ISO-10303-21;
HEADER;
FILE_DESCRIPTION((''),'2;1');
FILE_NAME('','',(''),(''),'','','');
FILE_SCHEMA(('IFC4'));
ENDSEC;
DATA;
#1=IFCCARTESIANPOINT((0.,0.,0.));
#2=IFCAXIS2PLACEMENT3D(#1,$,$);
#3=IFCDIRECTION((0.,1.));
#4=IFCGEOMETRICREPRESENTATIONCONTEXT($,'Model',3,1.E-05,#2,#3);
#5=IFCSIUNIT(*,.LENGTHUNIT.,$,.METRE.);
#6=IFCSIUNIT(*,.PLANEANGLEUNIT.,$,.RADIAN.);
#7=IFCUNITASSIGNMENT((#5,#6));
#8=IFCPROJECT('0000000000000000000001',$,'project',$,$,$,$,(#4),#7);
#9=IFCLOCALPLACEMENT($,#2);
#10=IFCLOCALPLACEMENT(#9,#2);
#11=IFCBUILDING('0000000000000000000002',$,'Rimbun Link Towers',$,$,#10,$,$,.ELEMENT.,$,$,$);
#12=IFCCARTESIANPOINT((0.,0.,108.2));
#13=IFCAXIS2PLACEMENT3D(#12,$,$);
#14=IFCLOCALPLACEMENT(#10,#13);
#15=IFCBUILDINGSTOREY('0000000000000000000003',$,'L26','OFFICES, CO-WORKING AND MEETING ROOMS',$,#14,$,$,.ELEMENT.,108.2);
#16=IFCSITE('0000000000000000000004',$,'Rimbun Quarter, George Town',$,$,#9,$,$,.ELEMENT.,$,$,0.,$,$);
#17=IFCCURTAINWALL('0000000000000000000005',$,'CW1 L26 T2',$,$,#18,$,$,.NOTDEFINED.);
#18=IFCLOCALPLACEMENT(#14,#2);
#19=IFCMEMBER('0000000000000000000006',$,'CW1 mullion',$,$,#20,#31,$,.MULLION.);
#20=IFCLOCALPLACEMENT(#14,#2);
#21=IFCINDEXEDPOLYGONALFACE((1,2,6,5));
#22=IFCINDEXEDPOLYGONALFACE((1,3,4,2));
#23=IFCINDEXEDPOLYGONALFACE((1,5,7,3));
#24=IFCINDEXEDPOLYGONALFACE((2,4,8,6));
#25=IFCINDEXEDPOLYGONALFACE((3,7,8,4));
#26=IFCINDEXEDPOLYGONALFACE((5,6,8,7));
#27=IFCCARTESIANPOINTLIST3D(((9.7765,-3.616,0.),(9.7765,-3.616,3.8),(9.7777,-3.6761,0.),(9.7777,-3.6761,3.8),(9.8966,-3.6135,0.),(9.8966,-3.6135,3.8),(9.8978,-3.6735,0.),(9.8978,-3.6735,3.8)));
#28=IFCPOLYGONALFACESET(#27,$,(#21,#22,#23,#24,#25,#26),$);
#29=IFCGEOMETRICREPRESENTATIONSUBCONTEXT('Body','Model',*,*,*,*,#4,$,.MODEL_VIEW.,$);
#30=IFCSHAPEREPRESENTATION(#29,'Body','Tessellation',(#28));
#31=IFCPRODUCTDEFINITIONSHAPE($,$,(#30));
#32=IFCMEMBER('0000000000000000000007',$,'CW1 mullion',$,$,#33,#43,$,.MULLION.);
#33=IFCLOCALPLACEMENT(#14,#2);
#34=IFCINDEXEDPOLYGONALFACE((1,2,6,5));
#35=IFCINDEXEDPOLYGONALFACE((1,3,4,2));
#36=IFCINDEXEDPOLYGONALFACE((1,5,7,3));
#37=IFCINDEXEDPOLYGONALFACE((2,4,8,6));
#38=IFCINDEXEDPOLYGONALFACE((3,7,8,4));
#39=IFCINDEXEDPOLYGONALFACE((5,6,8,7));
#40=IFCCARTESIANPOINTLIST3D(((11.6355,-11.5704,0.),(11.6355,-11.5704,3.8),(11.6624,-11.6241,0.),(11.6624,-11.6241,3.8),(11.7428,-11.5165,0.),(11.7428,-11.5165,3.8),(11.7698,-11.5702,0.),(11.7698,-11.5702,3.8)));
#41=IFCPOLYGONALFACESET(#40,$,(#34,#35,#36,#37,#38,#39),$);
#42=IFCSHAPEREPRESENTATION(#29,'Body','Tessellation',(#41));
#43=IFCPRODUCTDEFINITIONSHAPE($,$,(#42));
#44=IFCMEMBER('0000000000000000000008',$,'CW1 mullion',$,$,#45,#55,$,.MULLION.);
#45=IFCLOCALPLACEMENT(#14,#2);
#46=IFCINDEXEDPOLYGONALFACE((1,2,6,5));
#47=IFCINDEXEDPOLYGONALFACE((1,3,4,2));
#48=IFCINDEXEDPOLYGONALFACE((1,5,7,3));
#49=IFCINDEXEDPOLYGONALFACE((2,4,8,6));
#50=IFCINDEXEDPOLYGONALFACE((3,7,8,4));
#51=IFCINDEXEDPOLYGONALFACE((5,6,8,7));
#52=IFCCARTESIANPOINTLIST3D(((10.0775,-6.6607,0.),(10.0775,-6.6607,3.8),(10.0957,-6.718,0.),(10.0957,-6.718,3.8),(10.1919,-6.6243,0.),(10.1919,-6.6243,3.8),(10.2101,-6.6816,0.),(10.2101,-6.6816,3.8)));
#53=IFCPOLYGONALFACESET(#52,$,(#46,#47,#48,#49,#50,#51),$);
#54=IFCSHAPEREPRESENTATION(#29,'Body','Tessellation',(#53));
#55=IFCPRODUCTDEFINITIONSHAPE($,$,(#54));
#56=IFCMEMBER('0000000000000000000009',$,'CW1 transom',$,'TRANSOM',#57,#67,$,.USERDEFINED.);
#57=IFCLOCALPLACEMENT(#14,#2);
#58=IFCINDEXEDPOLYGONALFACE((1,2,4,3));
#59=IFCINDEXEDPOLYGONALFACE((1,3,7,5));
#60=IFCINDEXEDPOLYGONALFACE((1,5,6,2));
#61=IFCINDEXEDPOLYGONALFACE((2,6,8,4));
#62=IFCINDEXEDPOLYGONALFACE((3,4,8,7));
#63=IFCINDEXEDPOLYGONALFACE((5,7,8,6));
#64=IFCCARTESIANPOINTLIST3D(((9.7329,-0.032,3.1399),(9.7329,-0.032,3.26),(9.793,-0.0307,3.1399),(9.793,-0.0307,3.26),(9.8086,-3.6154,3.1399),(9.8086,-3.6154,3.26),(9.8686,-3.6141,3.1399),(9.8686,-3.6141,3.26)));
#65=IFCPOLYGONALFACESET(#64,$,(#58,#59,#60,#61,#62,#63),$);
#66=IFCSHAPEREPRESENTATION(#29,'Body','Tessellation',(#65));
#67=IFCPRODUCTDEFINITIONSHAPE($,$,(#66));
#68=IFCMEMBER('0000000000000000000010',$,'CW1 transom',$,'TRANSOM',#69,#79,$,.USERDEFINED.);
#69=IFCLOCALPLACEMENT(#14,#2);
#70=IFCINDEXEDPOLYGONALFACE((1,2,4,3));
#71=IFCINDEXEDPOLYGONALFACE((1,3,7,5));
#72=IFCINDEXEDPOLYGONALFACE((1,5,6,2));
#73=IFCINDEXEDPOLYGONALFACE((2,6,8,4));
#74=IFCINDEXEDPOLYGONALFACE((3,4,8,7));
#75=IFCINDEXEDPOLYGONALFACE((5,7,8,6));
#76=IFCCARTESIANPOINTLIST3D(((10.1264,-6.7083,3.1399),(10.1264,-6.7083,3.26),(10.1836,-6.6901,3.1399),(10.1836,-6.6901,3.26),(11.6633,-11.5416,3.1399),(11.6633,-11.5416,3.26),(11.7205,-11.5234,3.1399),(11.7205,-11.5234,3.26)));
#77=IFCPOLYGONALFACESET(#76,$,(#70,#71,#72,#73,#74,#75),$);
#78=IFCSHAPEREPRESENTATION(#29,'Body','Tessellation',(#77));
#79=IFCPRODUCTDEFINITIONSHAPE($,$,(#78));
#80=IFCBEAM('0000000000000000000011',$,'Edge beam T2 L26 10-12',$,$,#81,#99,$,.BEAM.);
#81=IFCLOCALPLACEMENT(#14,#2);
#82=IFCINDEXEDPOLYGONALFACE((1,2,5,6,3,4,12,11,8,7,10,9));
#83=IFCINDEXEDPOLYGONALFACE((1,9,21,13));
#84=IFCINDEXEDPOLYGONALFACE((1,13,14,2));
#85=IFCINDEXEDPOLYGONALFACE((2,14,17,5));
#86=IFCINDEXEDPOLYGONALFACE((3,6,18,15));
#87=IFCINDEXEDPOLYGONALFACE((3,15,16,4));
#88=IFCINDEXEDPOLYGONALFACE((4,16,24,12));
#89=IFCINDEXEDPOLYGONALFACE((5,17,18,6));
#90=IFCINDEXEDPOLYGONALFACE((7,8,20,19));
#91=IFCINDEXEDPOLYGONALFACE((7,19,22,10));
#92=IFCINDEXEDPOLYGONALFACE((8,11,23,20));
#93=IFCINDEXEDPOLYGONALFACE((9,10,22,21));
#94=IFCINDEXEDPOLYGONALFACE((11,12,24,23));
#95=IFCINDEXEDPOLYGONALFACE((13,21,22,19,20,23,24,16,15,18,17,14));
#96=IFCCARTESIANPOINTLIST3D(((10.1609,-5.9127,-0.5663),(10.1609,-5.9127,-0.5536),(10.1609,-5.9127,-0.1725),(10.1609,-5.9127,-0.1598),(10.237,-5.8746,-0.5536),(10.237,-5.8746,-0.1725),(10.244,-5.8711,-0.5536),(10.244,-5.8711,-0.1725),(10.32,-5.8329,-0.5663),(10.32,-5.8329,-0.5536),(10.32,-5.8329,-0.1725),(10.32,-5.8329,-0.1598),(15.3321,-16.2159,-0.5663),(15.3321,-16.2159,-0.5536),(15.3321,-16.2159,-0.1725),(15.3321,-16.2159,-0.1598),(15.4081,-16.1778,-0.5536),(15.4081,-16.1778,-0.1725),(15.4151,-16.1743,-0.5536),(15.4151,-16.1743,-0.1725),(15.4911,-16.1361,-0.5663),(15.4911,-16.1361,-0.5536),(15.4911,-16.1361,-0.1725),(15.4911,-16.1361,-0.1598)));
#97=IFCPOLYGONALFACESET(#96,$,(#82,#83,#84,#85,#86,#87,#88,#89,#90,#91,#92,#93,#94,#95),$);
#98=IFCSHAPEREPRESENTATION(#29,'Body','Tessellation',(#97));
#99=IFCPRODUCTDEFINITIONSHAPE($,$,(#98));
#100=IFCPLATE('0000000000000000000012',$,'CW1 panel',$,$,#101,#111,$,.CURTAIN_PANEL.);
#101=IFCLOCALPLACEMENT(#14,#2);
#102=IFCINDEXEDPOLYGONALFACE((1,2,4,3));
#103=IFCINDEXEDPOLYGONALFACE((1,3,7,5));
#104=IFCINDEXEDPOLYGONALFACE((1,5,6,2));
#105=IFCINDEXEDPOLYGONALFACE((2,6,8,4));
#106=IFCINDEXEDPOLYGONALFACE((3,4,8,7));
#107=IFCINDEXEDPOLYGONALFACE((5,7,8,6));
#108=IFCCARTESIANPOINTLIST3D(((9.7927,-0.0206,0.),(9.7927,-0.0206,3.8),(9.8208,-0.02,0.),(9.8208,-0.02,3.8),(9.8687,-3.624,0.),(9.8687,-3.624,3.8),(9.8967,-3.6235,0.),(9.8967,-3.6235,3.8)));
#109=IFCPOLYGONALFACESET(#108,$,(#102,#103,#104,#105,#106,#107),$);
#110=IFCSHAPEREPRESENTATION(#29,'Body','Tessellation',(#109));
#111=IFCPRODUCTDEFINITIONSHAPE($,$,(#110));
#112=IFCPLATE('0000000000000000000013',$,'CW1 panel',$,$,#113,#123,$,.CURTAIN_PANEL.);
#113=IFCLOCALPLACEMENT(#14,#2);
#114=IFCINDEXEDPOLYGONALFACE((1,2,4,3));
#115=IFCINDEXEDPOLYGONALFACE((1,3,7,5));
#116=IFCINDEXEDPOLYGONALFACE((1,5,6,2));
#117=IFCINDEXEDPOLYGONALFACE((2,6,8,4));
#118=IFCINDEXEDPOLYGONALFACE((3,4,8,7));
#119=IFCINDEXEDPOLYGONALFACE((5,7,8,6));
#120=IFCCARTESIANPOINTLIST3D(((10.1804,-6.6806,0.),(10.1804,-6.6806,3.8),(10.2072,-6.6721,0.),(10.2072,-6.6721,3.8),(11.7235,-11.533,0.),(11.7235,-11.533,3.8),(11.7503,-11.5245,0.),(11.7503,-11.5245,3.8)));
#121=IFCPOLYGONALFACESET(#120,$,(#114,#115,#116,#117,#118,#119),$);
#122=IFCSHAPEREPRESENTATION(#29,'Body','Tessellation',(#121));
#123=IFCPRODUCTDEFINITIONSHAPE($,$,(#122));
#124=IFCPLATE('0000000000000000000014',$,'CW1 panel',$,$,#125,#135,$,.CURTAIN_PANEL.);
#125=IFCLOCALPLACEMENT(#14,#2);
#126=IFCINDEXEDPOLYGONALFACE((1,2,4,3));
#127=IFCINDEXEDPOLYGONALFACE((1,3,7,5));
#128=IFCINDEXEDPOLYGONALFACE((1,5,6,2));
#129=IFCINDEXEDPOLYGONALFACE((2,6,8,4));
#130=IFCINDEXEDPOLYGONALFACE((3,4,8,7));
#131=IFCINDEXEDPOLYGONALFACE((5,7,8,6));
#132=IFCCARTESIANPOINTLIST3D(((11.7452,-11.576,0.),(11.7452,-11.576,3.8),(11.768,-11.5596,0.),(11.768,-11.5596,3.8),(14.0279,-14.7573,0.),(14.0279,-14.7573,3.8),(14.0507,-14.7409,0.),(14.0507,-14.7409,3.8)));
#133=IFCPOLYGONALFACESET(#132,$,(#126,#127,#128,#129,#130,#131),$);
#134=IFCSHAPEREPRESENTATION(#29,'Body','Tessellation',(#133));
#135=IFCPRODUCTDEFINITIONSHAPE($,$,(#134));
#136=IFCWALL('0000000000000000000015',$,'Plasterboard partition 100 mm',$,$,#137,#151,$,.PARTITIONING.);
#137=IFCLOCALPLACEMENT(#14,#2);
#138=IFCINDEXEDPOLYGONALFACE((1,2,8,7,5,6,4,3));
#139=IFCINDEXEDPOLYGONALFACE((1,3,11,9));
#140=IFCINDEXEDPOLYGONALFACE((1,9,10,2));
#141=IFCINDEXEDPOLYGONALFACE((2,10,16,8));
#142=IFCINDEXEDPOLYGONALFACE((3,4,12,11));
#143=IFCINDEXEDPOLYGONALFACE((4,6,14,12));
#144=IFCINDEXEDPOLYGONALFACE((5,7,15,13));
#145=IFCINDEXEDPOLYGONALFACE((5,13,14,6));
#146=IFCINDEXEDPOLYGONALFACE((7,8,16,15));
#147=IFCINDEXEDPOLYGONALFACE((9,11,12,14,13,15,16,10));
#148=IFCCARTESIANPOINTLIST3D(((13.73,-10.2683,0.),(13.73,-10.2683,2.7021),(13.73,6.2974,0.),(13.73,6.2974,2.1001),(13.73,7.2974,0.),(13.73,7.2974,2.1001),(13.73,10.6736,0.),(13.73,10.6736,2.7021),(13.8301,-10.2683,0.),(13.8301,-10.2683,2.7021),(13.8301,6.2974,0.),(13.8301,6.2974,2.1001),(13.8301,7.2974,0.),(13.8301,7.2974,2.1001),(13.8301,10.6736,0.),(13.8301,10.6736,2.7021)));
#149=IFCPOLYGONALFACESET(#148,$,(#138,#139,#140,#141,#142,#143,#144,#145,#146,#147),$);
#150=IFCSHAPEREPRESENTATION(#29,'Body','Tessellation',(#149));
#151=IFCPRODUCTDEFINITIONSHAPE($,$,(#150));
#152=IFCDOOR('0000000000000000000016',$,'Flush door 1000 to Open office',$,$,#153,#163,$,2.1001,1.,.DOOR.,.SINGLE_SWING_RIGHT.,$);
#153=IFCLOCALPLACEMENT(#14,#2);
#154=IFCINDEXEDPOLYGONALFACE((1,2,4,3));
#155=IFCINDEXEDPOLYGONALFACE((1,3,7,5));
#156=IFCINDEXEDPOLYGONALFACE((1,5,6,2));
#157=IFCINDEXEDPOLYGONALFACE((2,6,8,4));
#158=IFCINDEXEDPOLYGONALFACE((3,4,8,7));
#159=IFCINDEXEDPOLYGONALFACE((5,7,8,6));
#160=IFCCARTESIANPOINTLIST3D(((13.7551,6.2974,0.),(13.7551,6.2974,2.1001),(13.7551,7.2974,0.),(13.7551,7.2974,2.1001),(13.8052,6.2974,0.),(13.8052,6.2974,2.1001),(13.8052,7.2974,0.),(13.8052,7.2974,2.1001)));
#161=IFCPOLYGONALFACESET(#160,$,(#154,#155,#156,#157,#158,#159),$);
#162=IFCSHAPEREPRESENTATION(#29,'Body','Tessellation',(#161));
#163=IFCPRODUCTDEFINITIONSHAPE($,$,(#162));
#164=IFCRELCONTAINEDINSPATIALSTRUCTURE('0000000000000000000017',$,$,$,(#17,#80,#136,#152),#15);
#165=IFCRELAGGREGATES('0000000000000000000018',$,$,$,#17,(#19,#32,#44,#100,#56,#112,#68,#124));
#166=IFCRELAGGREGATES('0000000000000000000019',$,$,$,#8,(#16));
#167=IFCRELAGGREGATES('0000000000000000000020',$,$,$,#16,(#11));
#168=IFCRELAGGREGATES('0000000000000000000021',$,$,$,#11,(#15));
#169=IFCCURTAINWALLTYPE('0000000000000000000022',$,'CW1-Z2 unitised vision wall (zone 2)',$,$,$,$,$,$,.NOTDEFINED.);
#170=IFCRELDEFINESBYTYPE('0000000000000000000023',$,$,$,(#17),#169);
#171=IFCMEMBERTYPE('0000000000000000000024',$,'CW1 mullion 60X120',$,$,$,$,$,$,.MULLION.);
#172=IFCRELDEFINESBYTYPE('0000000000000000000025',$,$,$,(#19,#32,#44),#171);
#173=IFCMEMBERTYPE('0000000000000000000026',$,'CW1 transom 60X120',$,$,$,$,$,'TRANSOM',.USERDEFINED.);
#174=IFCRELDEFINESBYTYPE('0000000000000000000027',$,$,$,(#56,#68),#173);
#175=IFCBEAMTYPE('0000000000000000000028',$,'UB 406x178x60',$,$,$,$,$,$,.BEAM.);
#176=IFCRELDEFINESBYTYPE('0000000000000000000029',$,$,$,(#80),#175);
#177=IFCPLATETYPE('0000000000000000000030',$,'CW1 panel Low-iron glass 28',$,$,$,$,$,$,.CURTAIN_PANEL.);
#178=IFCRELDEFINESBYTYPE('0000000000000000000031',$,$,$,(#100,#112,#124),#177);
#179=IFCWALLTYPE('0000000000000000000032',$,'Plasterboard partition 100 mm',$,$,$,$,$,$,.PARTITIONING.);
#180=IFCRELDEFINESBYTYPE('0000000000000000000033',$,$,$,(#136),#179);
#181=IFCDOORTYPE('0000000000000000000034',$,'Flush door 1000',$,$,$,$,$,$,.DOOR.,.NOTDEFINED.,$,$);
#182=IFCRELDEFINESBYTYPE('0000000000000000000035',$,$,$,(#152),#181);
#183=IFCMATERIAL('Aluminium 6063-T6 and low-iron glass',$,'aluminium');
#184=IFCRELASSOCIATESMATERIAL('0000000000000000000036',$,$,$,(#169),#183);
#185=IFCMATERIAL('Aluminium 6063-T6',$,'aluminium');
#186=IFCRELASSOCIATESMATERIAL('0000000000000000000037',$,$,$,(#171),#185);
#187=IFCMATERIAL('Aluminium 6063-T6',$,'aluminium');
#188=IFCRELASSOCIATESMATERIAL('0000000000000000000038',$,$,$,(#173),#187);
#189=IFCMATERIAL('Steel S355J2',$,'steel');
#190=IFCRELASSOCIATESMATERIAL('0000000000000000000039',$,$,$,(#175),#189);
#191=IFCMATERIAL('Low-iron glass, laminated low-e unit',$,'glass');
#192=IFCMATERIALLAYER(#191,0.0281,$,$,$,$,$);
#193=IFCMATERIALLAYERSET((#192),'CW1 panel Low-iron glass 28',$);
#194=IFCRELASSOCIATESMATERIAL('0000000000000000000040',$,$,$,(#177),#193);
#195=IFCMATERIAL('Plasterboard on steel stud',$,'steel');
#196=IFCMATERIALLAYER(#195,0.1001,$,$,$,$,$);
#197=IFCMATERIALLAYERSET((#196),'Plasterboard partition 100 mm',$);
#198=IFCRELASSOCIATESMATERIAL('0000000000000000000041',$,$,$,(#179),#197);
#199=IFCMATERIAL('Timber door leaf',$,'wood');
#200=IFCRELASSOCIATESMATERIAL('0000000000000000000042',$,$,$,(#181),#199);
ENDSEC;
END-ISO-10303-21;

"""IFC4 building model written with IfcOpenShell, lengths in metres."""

from ifc_helpers import new_model, si_unit, direction, frame, frame_2d, origin, origin_2d, place, context, subcontext, project, spatial, rectangle, i_section, extrude, material, layer, layer_set, material_profile, profile_set, type_object, element, fill, aggregate, save


model = new_model("IFC4")

# Units and contexts
model_context = context("Model", 3, precision=1e-05, world=origin(), true_north=direction((0.0, 1.0)))
body_context = subcontext(model_context, "Body", "Model", "MODEL_VIEW")
ifc_project = project(units=[si_unit("LENGTHUNIT", "METRE"), si_unit("PLANEANGLEUNIT", "RADIAN")], contexts=[model_context])

# Site, building, storey
site_placement = place(None, origin())
site = spatial("IfcSite", under=ifc_project, at=site_placement, Name="Rimbun Quarter, George Town", CompositionType="ELEMENT", RefElevation=0.0)
building_placement = place(site_placement, origin())
building = spatial("IfcBuilding", under=site, at=building_placement, Name="Rimbun Link Towers", CompositionType="ELEMENT")
storey_placement = place(building_placement, frame((0.0, 0.0, 108.2)))
storey = spatial("IfcBuildingStorey", under=building, at=storey_placement, Name="L26", Description="OFFICES, CO-WORKING AND MEETING ROOMS", CompositionType="ELEMENT", Elevation=108.2)

# Curtain wall, members
ifc_material_1 = material(Name="Aluminium 6063-T6 and low-iron glass", Category="aluminium")
curtain_wall_type = type_object("IfcCurtainWallType", Name="CW1-Z2 unitised vision wall (zone 2)", PredefinedType="NOTDEFINED", material=ifc_material_1)
curtain_wall_placement = place(storey_placement, origin())
curtain_wall = element("IfcCurtainWall", 1, at=curtain_wall_placement, inside=storey, type_object=curtain_wall_type, Name="CW1 L26 T2", PredefinedType="NOTDEFINED")
ifc_material_2 = material(Name="Aluminium 6063-T6", Category="aluminium")
ifc_material_profile_1 = material_profile(ifc_material_2, rectangle(XDim=0.1201, YDim=0.0601, at=origin_2d()), Name="MULLION 60X120")
ifc_profile_set_1 = profile_set([ifc_material_profile_1], Name="Aluminium 6063-T6")
member_type_1 = type_object("IfcMemberType", Name="CW1 mullion 60X120", PredefinedType="MULLION", material=ifc_profile_set_1)
member_1_placement = place(storey_placement, frame((9.8372, -3.6448, 0.0), z_axis=(0.0, 0.0, 1.0), x_axis=(-0.999778, -0.021063, 0.0)))
member_1 = element("IfcMember", 2, at=member_1_placement, type_object=member_type_1, Name="CW1 mullion", PredefinedType="MULLION", context=body_context, shape_type="SweptSolid", body=[
    extrude(rectangle(XDim=0.1201, YDim=0.0601, at=origin_2d()), origin(), (0.0, 0.0, 1.0), 3.8),
])
member_2_placement = place(storey_placement, frame((11.7026, -11.5703, 0.0), z_axis=(0.0, 0.0, 1.0), x_axis=(-0.893749, -0.448567, 0.0)))
member_2 = element("IfcMember", 3, at=member_2_placement, type_object=member_type_1, Name="CW1 mullion", PredefinedType="MULLION", context=body_context, shape_type="SweptSolid", body=[
    extrude(rectangle(XDim=0.1201, YDim=0.0601, at=origin_2d()), origin(), (0.0, 0.0, 1.0), 3.8),
])
member_3_placement = place(storey_placement, frame((10.1438, -6.6711, 0.0), z_axis=(0.0, 0.0, 1.0), x_axis=(-0.952972, -0.303057, 0.0)))
member_3 = element("IfcMember", 4, at=member_3_placement, type_object=member_type_1, Name="CW1 mullion", PredefinedType="MULLION", context=body_context, shape_type="SweptSolid", body=[
    extrude(rectangle(XDim=0.1201, YDim=0.0601, at=origin_2d()), origin(), (0.0, 0.0, 1.0), 3.8),
])
ifc_material_3 = material(Name="Aluminium 6063-T6", Category="aluminium")
ifc_material_profile_2 = material_profile(ifc_material_3, rectangle(XDim=0.0601, YDim=0.1201, at=origin_2d()), Name="TRANSOM 60X120")
ifc_profile_set_2 = profile_set([ifc_material_profile_2], Name="Aluminium 6063-T6")
member_type_2 = type_object("IfcMemberType", Name="CW1 transom 60X120", ElementType="TRANSOM", PredefinedType="USERDEFINED", material=ifc_profile_set_2)
member_4_placement = place(storey_placement, frame((9.8386, -3.6147, 3.2), z_axis=(-0.021115, 0.999777, 0.0), x_axis=(-0.999777, -0.021115, 0.0)))
member_4 = element("IfcMember", 5, at=member_4_placement, type_object=member_type_2, Name="CW1 transom", ObjectType="TRANSOM", PredefinedType="USERDEFINED", context=body_context, shape_type="SweptSolid", body=[
    extrude(rectangle(XDim=0.0601, YDim=0.1201, at=origin_2d()), origin(), (0.0, 0.0, 1.0), 3.5842),
])
member_5_placement = place(storey_placement, frame((11.6919, -11.5325, 3.2), z_axis=(-0.303027, 0.952982, 0.0), x_axis=(-0.952982, -0.303027, 0.0)))
member_5 = element("IfcMember", 6, at=member_5_placement, type_object=member_type_2, Name="CW1 transom", ObjectType="TRANSOM", PredefinedType="USERDEFINED", context=body_context, shape_type="SweptSolid", body=[
    extrude(rectangle(XDim=0.0601, YDim=0.1201, at=origin_2d()), origin(), (0.0, 0.0, 1.0), 5.0718),
])

# Beam
ifc_material_4 = material(Name="Steel S355J2", Category="steel")
ifc_material_profile_3 = material_profile(ifc_material_4, i_section(OverallWidth=0.178, OverallDepth=0.4065, WebThickness=0.0078, FlangeThickness=0.0127, at=origin_2d()), Name="UB 406x178x60")
ifc_profile_set_3 = profile_set([ifc_material_profile_3], Name="Steel S355J2")
beam_type = type_object("IfcBeamType", Name="UB 406x178x60", PredefinedType="BEAM", material=ifc_profile_set_3)
beam_placement = place(storey_placement, frame((10.2405, -5.8728, -0.363), z_axis=(0.448568, -0.893748, 0.0), x_axis=(0.893748, 0.448568, 0.0)))
element("IfcBeam", 7, at=beam_placement, inside=storey, type_object=beam_type, Name="Edge beam T2 L26 10-12", PredefinedType="BEAM", context=body_context, shape_type="SweptSolid", body=[
    extrude(i_section(OverallWidth=0.178, OverallDepth=0.4065, WebThickness=0.0078, FlangeThickness=0.0127, at=origin_2d()), origin(), (0.0, 0.0, 1.0), 11.5281),
])

# Plates
ifc_material_5 = material(Name="Low-iron glass, laminated low-e unit", Category="glass")
ifc_layer_1 = layer(ifc_material_5, 0.0281)
ifc_layer_set_1 = layer_set([ifc_layer_1], Name="CW1 panel Low-iron glass 28")
plate_type = type_object("IfcPlateType", Name="CW1 panel Low-iron glass 28", PredefinedType="CURTAIN_PANEL", material=ifc_layer_set_1)
plate_1_placement = place(storey_placement, frame((9.8447, -1.822, 0.0), z_axis=(0.0, 0.0, 1.0), x_axis=(-0.021063, 0.999778, 0.0)))
plate_1 = element("IfcPlate", 8, at=plate_1_placement, type_object=plate_type, Name="CW1 panel", PredefinedType="CURTAIN_PANEL", context=body_context, shape_type="SweptSolid", body=[
    extrude(rectangle(XDim=3.6042, YDim=0.0281, at=origin_2d()), origin(), (0.0, 0.0, 1.0), 3.8),
])
plate_2_placement = place(storey_placement, frame((10.9653, -9.1025, 0.0), z_axis=(0.0, 0.0, 1.0), x_axis=(-0.303057, 0.952972, 0.0)))
plate_2 = element("IfcPlate", 9, at=plate_2_placement, type_object=plate_type, Name="CW1 panel", PredefinedType="CURTAIN_PANEL", context=body_context, shape_type="SweptSolid", body=[
    extrude(rectangle(XDim=5.0918, YDim=0.0281, at=origin_2d()), origin(), (0.0, 0.0, 1.0), 3.8),
])
plate_3_placement = place(storey_placement, frame((12.8979, -13.1584, 0.0), z_axis=(0.0, 0.0, 1.0), x_axis=(-0.583007, 0.812467, 0.0)))
plate_3 = element("IfcPlate", 10, at=plate_3_placement, type_object=plate_type, Name="CW1 panel", PredefinedType="CURTAIN_PANEL", context=body_context, shape_type="SweptSolid", body=[
    extrude(rectangle(XDim=3.9155, YDim=0.0281, at=origin_2d()), origin(), (0.0, 0.0, 1.0), 3.8),
])
aggregate(curtain_wall, [member_1, member_2, member_3, plate_1, member_4, plate_2, member_5, plate_3])

# Wall, opening, door
ifc_material_6 = material(Name="Plasterboard on steel stud", Category="steel")
ifc_layer_2 = layer(ifc_material_6, 0.1001)
ifc_layer_set_2 = layer_set([ifc_layer_2], Name="Plasterboard partition 100 mm")
wall_type = type_object("IfcWallType", Name="Plasterboard partition 100 mm", PredefinedType="PARTITIONING", material=ifc_layer_set_2)
wall_1_placement = place(storey_placement, frame((13.78, -10.2683, 0.0), z_axis=(0.0, 0.0, 1.0), x_axis=(0.0, 1.0, 0.0)))
wall_1 = element("IfcWall", 11, at=wall_1_placement, inside=storey, type_object=wall_type, Name="Plasterboard partition 100 mm", PredefinedType="PARTITIONING", context=body_context, shape_type="SweptSolid", body=[
    extrude(rectangle(XDim=20.9419, YDim=0.1001, at=frame_2d((10.4709, 0.0))), origin(), (0.0, 0.0, 1.0), 2.7021),
])
opening_1_placement = place(wall_1_placement, frame((16.5657, 0.0, 0.0)))
opening_1 = element("IfcOpeningElement", 12, at=opening_1_placement, cuts=wall_1, PredefinedType="OPENING", context=body_context, shape_type="SweptSolid", body=[
    extrude(rectangle(XDim=1.0, YDim=2.1001, at=frame_2d((0.5, 1.05))), frame((0.0, 0.0601, 0.0), z_axis=(0.0, -1.0, 0.0), x_axis=(1.0, 0.0, 0.0)), (0.0, 0.0, 1.0), 0.1201),
])
ifc_material_7 = material(Name="Timber door leaf", Category="wood")
door_type_1 = type_object("IfcDoorType", Name="Flush door 1000", OperationType="NOTDEFINED", PredefinedType="DOOR", material=ifc_material_7)
door_1_placement = place(opening_1_placement, origin())
door_1 = element("IfcDoor", 13, at=door_1_placement, inside=storey, type_object=door_type_1, Name="Flush door 1000 to Open office", OperationType="SINGLE_SWING_RIGHT", OverallHeight=2.1001, OverallWidth=1.0, PredefinedType="DOOR", context=body_context, shape_type="SweptSolid", body=[
    extrude(rectangle(XDim=1.0, YDim=2.1001, at=frame_2d((0.5, 1.05))), frame((0.0, 0.0249, 0.0), z_axis=(0.0, -1.0, 0.0), x_axis=(1.0, 0.0, 0.0)), (0.0, 0.0, 1.0), 0.05),
])
fill(opening_1, door_1)

save(model, "model.ifc")
